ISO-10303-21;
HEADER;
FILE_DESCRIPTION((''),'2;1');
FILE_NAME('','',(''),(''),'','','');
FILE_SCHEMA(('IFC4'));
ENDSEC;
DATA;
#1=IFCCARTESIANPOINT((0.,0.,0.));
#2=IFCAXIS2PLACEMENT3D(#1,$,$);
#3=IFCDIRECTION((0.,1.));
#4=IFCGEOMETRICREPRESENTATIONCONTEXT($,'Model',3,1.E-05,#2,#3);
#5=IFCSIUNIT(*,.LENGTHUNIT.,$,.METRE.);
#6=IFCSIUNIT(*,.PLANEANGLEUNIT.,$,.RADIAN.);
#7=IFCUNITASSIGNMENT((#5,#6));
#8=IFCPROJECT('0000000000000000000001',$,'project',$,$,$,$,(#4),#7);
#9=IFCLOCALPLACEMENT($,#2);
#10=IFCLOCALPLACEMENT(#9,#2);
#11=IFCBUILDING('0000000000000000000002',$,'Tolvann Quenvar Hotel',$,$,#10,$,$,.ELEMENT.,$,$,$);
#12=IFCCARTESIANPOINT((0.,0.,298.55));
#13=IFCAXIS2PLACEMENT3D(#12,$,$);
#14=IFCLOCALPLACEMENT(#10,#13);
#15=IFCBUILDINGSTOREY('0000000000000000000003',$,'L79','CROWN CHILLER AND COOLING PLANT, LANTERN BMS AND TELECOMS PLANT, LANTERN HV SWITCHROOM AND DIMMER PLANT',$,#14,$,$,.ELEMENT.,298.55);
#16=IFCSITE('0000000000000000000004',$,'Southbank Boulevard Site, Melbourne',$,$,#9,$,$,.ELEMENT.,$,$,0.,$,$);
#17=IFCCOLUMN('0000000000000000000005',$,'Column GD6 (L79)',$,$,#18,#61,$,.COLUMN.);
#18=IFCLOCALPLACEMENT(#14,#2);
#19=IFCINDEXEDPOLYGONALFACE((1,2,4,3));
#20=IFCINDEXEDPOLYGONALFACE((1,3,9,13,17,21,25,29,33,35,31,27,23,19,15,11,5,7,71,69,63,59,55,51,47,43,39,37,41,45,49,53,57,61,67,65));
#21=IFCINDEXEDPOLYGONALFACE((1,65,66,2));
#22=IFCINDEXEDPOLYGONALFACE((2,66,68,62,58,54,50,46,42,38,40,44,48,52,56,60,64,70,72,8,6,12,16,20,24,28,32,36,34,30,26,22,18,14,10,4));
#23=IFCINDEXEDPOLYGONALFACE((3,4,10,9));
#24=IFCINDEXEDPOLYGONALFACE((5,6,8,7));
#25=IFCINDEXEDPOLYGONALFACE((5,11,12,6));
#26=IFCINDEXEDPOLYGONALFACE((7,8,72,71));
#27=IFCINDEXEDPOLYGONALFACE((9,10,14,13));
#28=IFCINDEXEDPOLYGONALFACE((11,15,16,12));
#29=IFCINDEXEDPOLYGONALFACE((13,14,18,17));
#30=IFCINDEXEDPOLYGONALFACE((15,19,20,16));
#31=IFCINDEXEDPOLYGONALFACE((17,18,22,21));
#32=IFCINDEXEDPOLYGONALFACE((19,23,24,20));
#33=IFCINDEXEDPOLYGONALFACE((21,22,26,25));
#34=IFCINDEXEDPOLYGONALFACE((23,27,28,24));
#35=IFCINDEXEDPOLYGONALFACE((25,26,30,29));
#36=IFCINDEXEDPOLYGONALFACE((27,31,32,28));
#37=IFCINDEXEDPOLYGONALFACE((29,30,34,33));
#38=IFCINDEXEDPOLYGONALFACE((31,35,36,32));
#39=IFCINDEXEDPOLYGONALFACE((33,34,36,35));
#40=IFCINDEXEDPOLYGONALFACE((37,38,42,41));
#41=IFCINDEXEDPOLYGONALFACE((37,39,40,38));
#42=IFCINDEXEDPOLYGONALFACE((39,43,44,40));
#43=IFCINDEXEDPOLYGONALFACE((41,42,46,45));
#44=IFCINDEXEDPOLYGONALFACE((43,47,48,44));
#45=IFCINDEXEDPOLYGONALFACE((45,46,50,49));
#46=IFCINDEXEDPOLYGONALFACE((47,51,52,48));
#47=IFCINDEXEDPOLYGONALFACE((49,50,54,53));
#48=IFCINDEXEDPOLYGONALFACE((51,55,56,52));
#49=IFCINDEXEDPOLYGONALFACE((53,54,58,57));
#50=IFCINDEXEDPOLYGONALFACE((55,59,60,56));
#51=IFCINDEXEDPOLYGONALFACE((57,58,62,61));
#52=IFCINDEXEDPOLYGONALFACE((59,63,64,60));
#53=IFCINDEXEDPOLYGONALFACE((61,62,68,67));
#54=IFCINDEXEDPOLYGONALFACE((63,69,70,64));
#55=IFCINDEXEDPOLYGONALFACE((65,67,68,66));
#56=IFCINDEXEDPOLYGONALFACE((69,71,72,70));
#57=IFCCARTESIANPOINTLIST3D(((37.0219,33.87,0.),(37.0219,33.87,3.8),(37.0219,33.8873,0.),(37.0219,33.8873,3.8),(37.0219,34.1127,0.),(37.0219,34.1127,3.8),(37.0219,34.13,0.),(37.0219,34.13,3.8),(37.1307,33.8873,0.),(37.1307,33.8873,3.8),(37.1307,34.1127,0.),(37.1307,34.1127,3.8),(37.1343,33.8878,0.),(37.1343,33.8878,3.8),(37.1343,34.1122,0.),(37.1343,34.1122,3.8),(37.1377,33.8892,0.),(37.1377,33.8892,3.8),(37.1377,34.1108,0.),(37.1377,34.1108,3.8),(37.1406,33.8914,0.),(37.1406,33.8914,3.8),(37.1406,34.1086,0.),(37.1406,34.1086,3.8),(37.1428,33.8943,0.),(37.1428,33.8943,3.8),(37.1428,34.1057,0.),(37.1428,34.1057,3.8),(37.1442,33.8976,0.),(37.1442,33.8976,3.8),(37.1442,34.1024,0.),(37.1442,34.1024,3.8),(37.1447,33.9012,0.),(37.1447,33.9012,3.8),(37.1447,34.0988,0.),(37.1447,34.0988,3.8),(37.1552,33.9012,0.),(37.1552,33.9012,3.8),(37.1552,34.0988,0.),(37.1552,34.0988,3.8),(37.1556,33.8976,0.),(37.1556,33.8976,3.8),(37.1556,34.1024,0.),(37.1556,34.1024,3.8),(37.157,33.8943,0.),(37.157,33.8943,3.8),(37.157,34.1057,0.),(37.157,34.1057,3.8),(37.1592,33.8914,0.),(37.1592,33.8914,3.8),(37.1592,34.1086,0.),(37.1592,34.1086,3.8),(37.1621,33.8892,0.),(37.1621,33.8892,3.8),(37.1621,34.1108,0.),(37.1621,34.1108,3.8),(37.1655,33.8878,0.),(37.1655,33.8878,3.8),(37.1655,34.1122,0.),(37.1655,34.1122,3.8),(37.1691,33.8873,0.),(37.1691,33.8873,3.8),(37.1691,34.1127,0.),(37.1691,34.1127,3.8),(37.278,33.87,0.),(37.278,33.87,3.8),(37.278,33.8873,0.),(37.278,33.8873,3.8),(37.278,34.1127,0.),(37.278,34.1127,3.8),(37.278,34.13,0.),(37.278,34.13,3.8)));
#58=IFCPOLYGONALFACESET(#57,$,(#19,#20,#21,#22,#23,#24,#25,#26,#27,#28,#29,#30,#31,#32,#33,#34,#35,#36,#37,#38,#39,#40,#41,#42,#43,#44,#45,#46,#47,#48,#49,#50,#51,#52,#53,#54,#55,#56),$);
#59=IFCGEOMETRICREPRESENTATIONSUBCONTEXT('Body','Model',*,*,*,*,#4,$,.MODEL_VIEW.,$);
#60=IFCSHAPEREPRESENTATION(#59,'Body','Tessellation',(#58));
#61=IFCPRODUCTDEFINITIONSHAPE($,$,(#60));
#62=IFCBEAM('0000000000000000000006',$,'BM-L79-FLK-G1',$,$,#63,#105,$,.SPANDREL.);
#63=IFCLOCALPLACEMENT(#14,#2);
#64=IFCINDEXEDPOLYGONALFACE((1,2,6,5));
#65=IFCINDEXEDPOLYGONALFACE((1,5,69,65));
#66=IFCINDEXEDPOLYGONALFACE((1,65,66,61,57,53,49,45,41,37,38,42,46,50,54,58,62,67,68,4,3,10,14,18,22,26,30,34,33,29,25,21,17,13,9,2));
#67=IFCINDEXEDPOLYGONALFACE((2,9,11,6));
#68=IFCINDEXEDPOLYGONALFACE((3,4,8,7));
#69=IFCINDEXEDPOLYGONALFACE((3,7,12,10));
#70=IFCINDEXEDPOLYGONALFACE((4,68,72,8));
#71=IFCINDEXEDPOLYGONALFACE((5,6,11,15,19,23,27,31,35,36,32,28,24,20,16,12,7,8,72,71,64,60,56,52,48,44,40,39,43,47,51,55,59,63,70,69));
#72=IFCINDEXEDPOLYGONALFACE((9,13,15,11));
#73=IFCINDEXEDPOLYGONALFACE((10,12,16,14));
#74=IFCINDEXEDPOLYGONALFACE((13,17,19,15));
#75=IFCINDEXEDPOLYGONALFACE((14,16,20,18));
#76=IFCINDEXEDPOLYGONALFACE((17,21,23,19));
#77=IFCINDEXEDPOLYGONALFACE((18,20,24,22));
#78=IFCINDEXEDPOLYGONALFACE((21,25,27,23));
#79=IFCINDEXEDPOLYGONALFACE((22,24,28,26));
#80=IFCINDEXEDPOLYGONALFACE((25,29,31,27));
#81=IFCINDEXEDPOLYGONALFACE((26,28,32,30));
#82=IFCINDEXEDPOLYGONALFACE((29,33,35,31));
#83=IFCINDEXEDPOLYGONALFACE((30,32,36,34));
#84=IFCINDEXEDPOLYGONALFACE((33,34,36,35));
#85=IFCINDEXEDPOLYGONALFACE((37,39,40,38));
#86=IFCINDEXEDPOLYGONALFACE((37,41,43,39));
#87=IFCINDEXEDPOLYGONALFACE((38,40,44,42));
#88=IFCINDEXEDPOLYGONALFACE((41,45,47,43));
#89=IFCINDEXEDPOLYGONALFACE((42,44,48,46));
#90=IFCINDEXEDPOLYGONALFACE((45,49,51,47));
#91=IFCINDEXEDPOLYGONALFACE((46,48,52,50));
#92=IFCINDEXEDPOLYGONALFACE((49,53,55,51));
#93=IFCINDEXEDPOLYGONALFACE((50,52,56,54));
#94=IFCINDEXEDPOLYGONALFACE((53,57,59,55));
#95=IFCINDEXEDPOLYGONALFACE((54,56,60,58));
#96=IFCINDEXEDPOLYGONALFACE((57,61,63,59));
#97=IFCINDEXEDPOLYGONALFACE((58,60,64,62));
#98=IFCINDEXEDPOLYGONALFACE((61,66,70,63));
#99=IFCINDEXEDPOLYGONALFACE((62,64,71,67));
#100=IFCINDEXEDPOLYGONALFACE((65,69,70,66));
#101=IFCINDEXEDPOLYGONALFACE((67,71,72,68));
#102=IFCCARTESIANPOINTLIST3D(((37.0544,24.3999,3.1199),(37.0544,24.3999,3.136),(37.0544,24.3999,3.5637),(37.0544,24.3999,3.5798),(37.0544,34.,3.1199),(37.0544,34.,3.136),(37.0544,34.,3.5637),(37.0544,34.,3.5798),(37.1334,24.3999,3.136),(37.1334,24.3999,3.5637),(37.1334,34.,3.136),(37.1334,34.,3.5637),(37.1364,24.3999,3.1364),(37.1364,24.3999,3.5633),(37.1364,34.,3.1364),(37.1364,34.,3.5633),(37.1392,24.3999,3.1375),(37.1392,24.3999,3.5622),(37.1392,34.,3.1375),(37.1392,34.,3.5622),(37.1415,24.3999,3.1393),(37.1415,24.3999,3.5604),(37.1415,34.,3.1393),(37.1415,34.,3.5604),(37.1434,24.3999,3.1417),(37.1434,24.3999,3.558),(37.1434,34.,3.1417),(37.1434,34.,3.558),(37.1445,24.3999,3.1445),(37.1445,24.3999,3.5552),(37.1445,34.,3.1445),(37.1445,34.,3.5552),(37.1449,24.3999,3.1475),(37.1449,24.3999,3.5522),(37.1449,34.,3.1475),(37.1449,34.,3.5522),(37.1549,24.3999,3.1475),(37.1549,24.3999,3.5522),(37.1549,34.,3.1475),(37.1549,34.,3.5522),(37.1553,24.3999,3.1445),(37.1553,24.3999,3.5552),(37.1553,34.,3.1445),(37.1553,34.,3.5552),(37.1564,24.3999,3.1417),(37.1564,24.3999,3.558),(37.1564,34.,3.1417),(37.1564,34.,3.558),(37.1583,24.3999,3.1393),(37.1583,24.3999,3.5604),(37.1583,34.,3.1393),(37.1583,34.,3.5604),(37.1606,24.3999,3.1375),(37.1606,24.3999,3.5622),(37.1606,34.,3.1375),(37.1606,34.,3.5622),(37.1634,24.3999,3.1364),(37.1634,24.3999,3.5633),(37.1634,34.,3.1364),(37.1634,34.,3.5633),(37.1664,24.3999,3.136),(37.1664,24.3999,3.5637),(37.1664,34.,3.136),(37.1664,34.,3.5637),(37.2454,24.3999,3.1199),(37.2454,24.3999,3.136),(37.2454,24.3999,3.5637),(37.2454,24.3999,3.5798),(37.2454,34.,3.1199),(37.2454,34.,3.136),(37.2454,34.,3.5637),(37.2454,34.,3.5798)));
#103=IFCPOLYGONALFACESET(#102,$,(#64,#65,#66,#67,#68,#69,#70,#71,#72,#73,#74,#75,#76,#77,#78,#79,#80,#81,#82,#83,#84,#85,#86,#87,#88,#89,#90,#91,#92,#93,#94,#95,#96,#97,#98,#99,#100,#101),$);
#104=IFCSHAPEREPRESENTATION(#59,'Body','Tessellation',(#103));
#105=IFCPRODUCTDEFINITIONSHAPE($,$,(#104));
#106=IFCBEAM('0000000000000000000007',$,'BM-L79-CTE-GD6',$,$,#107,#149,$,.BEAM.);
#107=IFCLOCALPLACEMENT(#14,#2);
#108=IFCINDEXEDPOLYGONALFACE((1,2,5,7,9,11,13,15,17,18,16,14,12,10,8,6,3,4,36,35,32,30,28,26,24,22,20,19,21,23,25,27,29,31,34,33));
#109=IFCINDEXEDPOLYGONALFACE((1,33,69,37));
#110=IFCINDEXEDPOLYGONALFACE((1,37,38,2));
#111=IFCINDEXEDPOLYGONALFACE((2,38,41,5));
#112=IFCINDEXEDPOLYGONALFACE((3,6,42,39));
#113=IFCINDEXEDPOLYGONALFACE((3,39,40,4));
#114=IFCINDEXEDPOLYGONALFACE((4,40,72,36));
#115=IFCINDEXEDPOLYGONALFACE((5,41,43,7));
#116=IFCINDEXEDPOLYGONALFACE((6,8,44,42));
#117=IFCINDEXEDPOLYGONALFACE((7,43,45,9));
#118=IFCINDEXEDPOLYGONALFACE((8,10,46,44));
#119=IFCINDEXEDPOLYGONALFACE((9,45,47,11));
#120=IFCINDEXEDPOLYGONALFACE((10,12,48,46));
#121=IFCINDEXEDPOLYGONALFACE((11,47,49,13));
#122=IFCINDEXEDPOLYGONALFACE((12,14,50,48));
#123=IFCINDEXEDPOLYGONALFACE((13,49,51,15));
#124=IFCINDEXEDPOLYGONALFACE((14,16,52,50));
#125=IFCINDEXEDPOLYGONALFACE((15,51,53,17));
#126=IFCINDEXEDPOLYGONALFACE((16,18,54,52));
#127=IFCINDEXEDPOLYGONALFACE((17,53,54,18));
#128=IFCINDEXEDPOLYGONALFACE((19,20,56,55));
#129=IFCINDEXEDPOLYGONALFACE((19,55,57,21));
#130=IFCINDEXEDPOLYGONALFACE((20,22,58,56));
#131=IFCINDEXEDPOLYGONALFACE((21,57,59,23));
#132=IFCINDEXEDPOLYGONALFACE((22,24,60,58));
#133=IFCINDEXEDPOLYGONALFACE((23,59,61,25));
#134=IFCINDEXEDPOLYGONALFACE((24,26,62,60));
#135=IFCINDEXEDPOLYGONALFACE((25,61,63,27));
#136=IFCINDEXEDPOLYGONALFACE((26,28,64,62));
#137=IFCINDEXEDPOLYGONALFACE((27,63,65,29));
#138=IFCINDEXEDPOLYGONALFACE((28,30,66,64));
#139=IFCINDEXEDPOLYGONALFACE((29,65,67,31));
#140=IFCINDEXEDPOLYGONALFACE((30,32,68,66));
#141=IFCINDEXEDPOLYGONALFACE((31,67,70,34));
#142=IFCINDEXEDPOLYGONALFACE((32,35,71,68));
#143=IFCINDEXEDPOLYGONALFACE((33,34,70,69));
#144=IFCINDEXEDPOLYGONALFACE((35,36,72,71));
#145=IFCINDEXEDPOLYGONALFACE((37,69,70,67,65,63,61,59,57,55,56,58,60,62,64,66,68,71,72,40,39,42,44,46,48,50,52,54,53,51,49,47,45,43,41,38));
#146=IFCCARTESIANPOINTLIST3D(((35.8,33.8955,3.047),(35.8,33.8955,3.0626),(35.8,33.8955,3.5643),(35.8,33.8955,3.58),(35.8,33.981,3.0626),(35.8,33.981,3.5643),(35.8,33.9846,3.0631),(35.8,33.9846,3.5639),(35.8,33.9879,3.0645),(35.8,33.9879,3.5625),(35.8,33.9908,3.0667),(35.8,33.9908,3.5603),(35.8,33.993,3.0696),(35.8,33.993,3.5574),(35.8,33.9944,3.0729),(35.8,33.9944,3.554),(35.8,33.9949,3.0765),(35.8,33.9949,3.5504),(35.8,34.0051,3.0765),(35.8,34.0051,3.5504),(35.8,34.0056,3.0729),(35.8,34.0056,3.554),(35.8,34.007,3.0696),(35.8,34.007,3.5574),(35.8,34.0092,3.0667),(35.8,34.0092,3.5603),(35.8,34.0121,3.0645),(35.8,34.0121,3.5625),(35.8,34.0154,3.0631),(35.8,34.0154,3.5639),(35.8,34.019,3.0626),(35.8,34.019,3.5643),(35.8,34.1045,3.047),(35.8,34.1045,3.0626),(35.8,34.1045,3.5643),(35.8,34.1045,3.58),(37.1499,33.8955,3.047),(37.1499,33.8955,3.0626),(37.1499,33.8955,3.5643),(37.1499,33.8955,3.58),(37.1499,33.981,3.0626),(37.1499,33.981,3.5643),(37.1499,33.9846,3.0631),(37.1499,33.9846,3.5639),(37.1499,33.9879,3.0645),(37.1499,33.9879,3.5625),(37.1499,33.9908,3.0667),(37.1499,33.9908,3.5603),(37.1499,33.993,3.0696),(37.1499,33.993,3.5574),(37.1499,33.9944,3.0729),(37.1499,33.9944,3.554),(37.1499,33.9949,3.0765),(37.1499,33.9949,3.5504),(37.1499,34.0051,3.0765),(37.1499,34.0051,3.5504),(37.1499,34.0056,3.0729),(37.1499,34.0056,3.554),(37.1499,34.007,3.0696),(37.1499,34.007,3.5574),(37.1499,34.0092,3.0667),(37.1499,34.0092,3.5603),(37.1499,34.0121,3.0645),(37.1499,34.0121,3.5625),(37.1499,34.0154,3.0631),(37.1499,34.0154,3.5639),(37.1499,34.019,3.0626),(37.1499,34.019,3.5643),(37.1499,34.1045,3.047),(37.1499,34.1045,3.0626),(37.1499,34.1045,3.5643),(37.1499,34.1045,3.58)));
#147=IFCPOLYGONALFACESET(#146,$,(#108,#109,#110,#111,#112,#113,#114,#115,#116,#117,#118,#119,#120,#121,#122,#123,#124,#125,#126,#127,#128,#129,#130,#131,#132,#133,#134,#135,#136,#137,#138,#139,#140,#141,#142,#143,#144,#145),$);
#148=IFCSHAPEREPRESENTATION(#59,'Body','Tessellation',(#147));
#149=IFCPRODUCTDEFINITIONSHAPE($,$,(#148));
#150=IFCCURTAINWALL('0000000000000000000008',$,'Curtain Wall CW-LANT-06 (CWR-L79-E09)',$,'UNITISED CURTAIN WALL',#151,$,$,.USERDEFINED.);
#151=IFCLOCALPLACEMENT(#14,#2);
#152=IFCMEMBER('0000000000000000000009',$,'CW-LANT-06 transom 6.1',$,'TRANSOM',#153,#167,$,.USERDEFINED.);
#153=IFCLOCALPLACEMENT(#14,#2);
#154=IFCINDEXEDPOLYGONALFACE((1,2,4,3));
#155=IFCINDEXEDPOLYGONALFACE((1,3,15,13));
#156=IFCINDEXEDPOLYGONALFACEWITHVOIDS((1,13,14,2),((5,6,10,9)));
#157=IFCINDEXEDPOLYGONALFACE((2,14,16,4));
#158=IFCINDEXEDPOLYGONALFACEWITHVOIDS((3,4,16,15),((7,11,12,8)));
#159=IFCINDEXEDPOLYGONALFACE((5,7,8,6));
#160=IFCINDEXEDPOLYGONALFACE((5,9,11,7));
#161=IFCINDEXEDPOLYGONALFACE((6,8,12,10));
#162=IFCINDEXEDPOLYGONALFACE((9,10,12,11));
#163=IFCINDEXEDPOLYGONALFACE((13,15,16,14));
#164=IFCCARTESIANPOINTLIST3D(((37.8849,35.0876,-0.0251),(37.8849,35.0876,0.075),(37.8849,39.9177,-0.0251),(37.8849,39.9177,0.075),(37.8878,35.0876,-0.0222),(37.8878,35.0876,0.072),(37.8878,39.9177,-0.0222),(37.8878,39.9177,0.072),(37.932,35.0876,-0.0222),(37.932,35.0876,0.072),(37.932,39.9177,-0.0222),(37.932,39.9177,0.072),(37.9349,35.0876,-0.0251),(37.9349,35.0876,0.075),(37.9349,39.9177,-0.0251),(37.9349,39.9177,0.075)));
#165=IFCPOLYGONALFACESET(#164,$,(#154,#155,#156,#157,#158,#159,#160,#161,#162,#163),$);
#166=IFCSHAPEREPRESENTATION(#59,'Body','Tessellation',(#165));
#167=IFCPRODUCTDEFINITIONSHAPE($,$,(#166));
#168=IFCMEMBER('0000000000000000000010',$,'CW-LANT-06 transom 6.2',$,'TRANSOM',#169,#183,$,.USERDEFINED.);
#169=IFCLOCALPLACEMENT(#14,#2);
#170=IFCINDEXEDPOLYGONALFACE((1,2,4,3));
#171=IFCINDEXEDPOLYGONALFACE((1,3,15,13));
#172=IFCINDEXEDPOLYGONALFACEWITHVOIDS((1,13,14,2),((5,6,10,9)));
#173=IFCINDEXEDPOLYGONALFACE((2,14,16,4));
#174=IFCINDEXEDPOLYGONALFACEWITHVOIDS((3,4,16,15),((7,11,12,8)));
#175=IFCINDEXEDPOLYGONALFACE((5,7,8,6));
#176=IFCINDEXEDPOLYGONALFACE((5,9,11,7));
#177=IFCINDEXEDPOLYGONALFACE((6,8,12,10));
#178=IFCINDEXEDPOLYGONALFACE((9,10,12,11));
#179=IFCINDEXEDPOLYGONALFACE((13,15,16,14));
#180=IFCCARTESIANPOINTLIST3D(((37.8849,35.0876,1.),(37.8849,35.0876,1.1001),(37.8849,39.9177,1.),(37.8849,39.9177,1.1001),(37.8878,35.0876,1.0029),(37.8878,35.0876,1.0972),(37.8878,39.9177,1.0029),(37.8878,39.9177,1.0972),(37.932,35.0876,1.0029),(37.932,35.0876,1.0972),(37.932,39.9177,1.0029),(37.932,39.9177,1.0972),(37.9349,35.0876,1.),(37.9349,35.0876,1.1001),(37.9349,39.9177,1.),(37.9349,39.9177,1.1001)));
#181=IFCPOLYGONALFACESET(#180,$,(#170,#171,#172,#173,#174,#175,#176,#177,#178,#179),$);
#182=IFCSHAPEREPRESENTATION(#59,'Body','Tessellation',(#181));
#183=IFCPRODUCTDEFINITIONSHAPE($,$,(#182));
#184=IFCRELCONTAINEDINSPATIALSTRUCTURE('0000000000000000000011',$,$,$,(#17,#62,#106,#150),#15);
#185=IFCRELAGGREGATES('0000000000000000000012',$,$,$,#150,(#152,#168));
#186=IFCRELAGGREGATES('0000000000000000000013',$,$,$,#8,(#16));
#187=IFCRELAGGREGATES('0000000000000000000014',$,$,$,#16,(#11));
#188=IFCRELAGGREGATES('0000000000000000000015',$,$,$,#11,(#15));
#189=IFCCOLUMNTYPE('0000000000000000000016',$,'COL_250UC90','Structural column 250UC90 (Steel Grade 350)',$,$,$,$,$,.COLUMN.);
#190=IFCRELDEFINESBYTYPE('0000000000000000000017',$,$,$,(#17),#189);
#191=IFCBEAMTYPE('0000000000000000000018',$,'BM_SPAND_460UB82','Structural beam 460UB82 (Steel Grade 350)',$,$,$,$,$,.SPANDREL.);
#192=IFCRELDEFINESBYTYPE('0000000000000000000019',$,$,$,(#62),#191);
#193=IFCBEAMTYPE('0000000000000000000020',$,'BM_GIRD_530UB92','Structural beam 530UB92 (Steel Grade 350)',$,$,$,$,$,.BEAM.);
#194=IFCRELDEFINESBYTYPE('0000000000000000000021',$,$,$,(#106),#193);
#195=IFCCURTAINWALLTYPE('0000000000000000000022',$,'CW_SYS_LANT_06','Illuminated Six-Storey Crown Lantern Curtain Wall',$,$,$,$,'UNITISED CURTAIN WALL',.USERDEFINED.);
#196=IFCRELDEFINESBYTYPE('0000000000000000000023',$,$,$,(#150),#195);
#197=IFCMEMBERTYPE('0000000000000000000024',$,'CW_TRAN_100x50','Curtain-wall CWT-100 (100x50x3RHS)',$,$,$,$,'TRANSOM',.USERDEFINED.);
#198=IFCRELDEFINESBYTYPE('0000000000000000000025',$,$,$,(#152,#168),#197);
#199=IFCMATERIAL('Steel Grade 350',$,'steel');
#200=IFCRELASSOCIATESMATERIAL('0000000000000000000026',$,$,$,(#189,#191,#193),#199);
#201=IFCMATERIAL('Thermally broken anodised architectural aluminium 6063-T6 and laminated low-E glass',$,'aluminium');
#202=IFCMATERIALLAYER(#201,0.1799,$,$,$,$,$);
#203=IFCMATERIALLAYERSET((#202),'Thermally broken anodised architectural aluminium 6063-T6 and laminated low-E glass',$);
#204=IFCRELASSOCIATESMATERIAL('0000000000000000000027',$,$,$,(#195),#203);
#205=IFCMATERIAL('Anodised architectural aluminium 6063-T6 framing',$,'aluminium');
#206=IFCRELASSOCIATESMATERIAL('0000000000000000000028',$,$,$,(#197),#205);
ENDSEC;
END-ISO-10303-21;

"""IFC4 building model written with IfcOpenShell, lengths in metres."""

from ifc_helpers import new_model, si_unit, direction, frame, origin, origin_2d, place, context, subcontext, project, spatial, hollow_rectangle, i_section, extrude, source, transform, mapped, material, layer, layer_set, material_profile, profile_set, type_object, type_shapes, element, aggregate, save


model = new_model("IFC4")

# Units and contexts
model_context = context("Model", 3, precision=1e-05, world=origin(), true_north=direction((0.0, 1.0)))
body_context = subcontext(model_context, "Body", "Model", "MODEL_VIEW")
ifc_project = project(units=[si_unit("LENGTHUNIT", "METRE"), si_unit("PLANEANGLEUNIT", "RADIAN")], contexts=[model_context])

# Site, building, storey
site_placement = place(None, origin())
site = spatial("IfcSite", under=ifc_project, at=site_placement, Name="Southbank Boulevard Site, Melbourne", CompositionType="ELEMENT", RefElevation=0.0)
building_placement = place(site_placement, origin())
building = spatial("IfcBuilding", under=site, at=building_placement, Name="Tolvann Quenvar Hotel", CompositionType="ELEMENT")
storey_placement = place(building_placement, frame((0.0, 0.0, 298.55)))
storey = spatial("IfcBuildingStorey", under=building, at=storey_placement, Name="L79", Description="CROWN CHILLER AND COOLING PLANT, LANTERN BMS AND TELECOMS PLANT, LANTERN HV SWITCHROOM AND DIMMER PLANT", CompositionType="ELEMENT", Elevation=298.55)

# Column
ifc_material_1 = material(Name="Steel Grade 350", Category="steel")
ifc_material_profile_1 = material_profile(ifc_material_1, i_section(OverallWidth=0.2561, OverallDepth=0.26, WebThickness=0.0105, FlangeThickness=0.0173, FilletRadius=0.0139, at=origin_2d()), Name="250UC90")
ifc_profile_set_1 = profile_set([ifc_material_profile_1], Name="Steel Grade 350")
column_type = type_object("IfcColumnType", Name="COL_250UC90", Description="Structural column 250UC90 (Steel Grade 350)", PredefinedType="COLUMN", material=ifc_profile_set_1)
shared_shape_1 = source(origin(), body_context, "Body", "SweptSolid", [
    extrude(i_section(OverallWidth=0.2561, OverallDepth=0.26, WebThickness=0.0105, FlangeThickness=0.0173, FilletRadius=0.0139, at=origin_2d()), origin(), (0.0, 0.0, 1.0), 3.8),
])
type_shapes(column_type, [shared_shape_1])
column_placement = place(storey_placement, frame((37.1499, 34.0, 0.0), z_axis=(0.0, 0.0, 1.0), x_axis=(1.0, 0.0, 0.0)))
element("IfcColumn", 1, at=column_placement, inside=storey, type_object=column_type, Name="Column GD6 (L79)", PredefinedType="COLUMN", context=body_context, shape_type="MappedRepresentation", body=[
    mapped(shared_shape_1, transform((0.0, 0.0, 0.0), x_axis=(1.0, 0.0, 0.0), y_axis=(0.0, 1.0, 0.0), z_axis=(0.0, 0.0, 1.0), scale=1.0)),
])

# Beams
ifc_material_profile_2 = material_profile(ifc_material_1, i_section(OverallWidth=0.1909, OverallDepth=0.46, WebThickness=0.01, FlangeThickness=0.0161, FilletRadius=0.0115, at=origin_2d()), Name="460UB82")
ifc_profile_set_2 = profile_set([ifc_material_profile_2], Name="Steel Grade 350")
beam_type_1 = type_object("IfcBeamType", Name="BM_SPAND_460UB82", Description="Structural beam 460UB82 (Steel Grade 350)", PredefinedType="SPANDREL", material=ifc_profile_set_2)
shared_shape_2 = source(origin(), body_context, "Body", "SweptSolid", [
    extrude(i_section(OverallWidth=0.1909, OverallDepth=0.46, WebThickness=0.01, FlangeThickness=0.0161, FilletRadius=0.0115, at=origin_2d()), origin(), (0.0, 0.0, 1.0), 9.6001),
])
type_shapes(beam_type_1, [shared_shape_2])
beam_1_placement = place(storey_placement, frame((37.1499, 24.3999, 3.3499), z_axis=(0.0, 1.0, 0.0), x_axis=(-1.0, 0.0, 0.0)))
element("IfcBeam", 2, at=beam_1_placement, inside=storey, type_object=beam_type_1, Name="BM-L79-FLK-G1", PredefinedType="SPANDREL", context=body_context, shape_type="MappedRepresentation", body=[
    mapped(shared_shape_2, transform((0.0, 0.0, 0.0), x_axis=(1.0, 0.0, 0.0), y_axis=(0.0, 1.0, 0.0), z_axis=(0.0, 0.0, 1.0), scale=1.0)),
])
ifc_material_profile_3 = material_profile(ifc_material_1, i_section(OverallWidth=0.209, OverallDepth=0.533, WebThickness=0.0103, FlangeThickness=0.0156, FilletRadius=0.0139, at=origin_2d()), Name="530UB92")
ifc_profile_set_3 = profile_set([ifc_material_profile_3], Name="Steel Grade 350")
beam_type_2 = type_object("IfcBeamType", Name="BM_GIRD_530UB92", Description="Structural beam 530UB92 (Steel Grade 350)", PredefinedType="BEAM", material=ifc_profile_set_3)
shared_shape_3 = source(origin(), body_context, "Body", "SweptSolid", [
    extrude(i_section(OverallWidth=0.209, OverallDepth=0.533, WebThickness=0.0103, FlangeThickness=0.0156, FilletRadius=0.0139, at=origin_2d()), origin(), (0.0, 0.0, 1.0), 1.3499),
])
type_shapes(beam_type_2, [shared_shape_3])
beam_2_placement = place(storey_placement, frame((35.8, 34.0, 3.3135), z_axis=(1.0, 0.0, 0.0), x_axis=(0.0, 1.0, 0.0)))
element("IfcBeam", 3, at=beam_2_placement, inside=storey, type_object=beam_type_2, Name="BM-L79-CTE-GD6", PredefinedType="BEAM", context=body_context, shape_type="MappedRepresentation", body=[
    mapped(shared_shape_3, transform((0.0, 0.0, 0.0), x_axis=(1.0, 0.0, 0.0), y_axis=(0.0, 1.0, 0.0), z_axis=(0.0, 0.0, 1.0), scale=1.0)),
])

# Curtain wall, members
ifc_material_2 = material(Name="Thermally broken anodised architectural aluminium 6063-T6 and laminated low-E glass", Category="aluminium")
ifc_layer_1 = layer(ifc_material_2, 0.1799)
ifc_layer_set_1 = layer_set([ifc_layer_1], Name="Thermally broken anodised architectural aluminium 6063-T6 and laminated low-E glass")
curtain_wall_type = type_object("IfcCurtainWallType", Name="CW_SYS_LANT_06", Description="Illuminated Six-Storey Crown Lantern Curtain Wall", ElementType="UNITISED CURTAIN WALL", PredefinedType="USERDEFINED", material=ifc_layer_set_1)
curtain_wall_placement = place(storey_placement, origin())
curtain_wall = element("IfcCurtainWall", 4, at=curtain_wall_placement, inside=storey, type_object=curtain_wall_type, Name="Curtain Wall CW-LANT-06 (CWR-L79-E09)", ObjectType="UNITISED CURTAIN WALL", PredefinedType="USERDEFINED")
ifc_material_3 = material(Name="Anodised architectural aluminium 6063-T6 framing", Category="aluminium")
ifc_material_profile_4 = material_profile(ifc_material_3, hollow_rectangle(XDim=0.05, YDim=0.1001, WallThickness=0.0029, at=origin_2d()), Name="100x50x3RHS")
ifc_profile_set_4 = profile_set([ifc_material_profile_4], Name="Anodised architectural aluminium 6063-T6 framing")
member_type_1 = type_object("IfcMemberType", Name="CW_TRAN_100x50", Description="Curtain-wall CWT-100 (100x50x3RHS)", ElementType="TRANSOM", PredefinedType="USERDEFINED", material=ifc_profile_set_4)
shared_shape_4 = source(origin(), body_context, "Body", "SweptSolid", [
    extrude(hollow_rectangle(XDim=0.05, YDim=0.1001, WallThickness=0.0029, at=origin_2d()), origin(), (0.0, 0.0, 1.0), 4.8301),
])
member_1_placement = place(storey_placement, frame((37.9099, 35.0876, 0.0249), z_axis=(0.0, 1.0, 0.0), x_axis=(-1.0, 0.0, 0.0)))
member_1 = element("IfcMember", 5, at=member_1_placement, type_object=member_type_1, Name="CW-LANT-06 transom 6.1", ObjectType="TRANSOM", PredefinedType="USERDEFINED", context=body_context, shape_type="MappedRepresentation", body=[
    mapped(shared_shape_4, transform((0.0, 0.0, 0.0), x_axis=(1.0, 0.0, 0.0), y_axis=(0.0, 1.0, 0.0), z_axis=(0.0, 0.0, 1.0), scale=1.0)),
])
member_2_placement = place(storey_placement, frame((37.9099, 35.0876, 1.05), z_axis=(0.0, 1.0, 0.0), x_axis=(-1.0, 0.0, 0.0)))
member_2 = element("IfcMember", 6, at=member_2_placement, type_object=member_type_1, Name="CW-LANT-06 transom 6.2", ObjectType="TRANSOM", PredefinedType="USERDEFINED", context=body_context, shape_type="MappedRepresentation", body=[
    mapped(shared_shape_4, transform((0.0, 0.0, 0.0), x_axis=(1.0, 0.0, 0.0), y_axis=(0.0, 1.0, 0.0), z_axis=(0.0, 0.0, 1.0), scale=1.0)),
])

aggregate(curtain_wall, [member_1, member_2])

save(model, "model.ifc")
